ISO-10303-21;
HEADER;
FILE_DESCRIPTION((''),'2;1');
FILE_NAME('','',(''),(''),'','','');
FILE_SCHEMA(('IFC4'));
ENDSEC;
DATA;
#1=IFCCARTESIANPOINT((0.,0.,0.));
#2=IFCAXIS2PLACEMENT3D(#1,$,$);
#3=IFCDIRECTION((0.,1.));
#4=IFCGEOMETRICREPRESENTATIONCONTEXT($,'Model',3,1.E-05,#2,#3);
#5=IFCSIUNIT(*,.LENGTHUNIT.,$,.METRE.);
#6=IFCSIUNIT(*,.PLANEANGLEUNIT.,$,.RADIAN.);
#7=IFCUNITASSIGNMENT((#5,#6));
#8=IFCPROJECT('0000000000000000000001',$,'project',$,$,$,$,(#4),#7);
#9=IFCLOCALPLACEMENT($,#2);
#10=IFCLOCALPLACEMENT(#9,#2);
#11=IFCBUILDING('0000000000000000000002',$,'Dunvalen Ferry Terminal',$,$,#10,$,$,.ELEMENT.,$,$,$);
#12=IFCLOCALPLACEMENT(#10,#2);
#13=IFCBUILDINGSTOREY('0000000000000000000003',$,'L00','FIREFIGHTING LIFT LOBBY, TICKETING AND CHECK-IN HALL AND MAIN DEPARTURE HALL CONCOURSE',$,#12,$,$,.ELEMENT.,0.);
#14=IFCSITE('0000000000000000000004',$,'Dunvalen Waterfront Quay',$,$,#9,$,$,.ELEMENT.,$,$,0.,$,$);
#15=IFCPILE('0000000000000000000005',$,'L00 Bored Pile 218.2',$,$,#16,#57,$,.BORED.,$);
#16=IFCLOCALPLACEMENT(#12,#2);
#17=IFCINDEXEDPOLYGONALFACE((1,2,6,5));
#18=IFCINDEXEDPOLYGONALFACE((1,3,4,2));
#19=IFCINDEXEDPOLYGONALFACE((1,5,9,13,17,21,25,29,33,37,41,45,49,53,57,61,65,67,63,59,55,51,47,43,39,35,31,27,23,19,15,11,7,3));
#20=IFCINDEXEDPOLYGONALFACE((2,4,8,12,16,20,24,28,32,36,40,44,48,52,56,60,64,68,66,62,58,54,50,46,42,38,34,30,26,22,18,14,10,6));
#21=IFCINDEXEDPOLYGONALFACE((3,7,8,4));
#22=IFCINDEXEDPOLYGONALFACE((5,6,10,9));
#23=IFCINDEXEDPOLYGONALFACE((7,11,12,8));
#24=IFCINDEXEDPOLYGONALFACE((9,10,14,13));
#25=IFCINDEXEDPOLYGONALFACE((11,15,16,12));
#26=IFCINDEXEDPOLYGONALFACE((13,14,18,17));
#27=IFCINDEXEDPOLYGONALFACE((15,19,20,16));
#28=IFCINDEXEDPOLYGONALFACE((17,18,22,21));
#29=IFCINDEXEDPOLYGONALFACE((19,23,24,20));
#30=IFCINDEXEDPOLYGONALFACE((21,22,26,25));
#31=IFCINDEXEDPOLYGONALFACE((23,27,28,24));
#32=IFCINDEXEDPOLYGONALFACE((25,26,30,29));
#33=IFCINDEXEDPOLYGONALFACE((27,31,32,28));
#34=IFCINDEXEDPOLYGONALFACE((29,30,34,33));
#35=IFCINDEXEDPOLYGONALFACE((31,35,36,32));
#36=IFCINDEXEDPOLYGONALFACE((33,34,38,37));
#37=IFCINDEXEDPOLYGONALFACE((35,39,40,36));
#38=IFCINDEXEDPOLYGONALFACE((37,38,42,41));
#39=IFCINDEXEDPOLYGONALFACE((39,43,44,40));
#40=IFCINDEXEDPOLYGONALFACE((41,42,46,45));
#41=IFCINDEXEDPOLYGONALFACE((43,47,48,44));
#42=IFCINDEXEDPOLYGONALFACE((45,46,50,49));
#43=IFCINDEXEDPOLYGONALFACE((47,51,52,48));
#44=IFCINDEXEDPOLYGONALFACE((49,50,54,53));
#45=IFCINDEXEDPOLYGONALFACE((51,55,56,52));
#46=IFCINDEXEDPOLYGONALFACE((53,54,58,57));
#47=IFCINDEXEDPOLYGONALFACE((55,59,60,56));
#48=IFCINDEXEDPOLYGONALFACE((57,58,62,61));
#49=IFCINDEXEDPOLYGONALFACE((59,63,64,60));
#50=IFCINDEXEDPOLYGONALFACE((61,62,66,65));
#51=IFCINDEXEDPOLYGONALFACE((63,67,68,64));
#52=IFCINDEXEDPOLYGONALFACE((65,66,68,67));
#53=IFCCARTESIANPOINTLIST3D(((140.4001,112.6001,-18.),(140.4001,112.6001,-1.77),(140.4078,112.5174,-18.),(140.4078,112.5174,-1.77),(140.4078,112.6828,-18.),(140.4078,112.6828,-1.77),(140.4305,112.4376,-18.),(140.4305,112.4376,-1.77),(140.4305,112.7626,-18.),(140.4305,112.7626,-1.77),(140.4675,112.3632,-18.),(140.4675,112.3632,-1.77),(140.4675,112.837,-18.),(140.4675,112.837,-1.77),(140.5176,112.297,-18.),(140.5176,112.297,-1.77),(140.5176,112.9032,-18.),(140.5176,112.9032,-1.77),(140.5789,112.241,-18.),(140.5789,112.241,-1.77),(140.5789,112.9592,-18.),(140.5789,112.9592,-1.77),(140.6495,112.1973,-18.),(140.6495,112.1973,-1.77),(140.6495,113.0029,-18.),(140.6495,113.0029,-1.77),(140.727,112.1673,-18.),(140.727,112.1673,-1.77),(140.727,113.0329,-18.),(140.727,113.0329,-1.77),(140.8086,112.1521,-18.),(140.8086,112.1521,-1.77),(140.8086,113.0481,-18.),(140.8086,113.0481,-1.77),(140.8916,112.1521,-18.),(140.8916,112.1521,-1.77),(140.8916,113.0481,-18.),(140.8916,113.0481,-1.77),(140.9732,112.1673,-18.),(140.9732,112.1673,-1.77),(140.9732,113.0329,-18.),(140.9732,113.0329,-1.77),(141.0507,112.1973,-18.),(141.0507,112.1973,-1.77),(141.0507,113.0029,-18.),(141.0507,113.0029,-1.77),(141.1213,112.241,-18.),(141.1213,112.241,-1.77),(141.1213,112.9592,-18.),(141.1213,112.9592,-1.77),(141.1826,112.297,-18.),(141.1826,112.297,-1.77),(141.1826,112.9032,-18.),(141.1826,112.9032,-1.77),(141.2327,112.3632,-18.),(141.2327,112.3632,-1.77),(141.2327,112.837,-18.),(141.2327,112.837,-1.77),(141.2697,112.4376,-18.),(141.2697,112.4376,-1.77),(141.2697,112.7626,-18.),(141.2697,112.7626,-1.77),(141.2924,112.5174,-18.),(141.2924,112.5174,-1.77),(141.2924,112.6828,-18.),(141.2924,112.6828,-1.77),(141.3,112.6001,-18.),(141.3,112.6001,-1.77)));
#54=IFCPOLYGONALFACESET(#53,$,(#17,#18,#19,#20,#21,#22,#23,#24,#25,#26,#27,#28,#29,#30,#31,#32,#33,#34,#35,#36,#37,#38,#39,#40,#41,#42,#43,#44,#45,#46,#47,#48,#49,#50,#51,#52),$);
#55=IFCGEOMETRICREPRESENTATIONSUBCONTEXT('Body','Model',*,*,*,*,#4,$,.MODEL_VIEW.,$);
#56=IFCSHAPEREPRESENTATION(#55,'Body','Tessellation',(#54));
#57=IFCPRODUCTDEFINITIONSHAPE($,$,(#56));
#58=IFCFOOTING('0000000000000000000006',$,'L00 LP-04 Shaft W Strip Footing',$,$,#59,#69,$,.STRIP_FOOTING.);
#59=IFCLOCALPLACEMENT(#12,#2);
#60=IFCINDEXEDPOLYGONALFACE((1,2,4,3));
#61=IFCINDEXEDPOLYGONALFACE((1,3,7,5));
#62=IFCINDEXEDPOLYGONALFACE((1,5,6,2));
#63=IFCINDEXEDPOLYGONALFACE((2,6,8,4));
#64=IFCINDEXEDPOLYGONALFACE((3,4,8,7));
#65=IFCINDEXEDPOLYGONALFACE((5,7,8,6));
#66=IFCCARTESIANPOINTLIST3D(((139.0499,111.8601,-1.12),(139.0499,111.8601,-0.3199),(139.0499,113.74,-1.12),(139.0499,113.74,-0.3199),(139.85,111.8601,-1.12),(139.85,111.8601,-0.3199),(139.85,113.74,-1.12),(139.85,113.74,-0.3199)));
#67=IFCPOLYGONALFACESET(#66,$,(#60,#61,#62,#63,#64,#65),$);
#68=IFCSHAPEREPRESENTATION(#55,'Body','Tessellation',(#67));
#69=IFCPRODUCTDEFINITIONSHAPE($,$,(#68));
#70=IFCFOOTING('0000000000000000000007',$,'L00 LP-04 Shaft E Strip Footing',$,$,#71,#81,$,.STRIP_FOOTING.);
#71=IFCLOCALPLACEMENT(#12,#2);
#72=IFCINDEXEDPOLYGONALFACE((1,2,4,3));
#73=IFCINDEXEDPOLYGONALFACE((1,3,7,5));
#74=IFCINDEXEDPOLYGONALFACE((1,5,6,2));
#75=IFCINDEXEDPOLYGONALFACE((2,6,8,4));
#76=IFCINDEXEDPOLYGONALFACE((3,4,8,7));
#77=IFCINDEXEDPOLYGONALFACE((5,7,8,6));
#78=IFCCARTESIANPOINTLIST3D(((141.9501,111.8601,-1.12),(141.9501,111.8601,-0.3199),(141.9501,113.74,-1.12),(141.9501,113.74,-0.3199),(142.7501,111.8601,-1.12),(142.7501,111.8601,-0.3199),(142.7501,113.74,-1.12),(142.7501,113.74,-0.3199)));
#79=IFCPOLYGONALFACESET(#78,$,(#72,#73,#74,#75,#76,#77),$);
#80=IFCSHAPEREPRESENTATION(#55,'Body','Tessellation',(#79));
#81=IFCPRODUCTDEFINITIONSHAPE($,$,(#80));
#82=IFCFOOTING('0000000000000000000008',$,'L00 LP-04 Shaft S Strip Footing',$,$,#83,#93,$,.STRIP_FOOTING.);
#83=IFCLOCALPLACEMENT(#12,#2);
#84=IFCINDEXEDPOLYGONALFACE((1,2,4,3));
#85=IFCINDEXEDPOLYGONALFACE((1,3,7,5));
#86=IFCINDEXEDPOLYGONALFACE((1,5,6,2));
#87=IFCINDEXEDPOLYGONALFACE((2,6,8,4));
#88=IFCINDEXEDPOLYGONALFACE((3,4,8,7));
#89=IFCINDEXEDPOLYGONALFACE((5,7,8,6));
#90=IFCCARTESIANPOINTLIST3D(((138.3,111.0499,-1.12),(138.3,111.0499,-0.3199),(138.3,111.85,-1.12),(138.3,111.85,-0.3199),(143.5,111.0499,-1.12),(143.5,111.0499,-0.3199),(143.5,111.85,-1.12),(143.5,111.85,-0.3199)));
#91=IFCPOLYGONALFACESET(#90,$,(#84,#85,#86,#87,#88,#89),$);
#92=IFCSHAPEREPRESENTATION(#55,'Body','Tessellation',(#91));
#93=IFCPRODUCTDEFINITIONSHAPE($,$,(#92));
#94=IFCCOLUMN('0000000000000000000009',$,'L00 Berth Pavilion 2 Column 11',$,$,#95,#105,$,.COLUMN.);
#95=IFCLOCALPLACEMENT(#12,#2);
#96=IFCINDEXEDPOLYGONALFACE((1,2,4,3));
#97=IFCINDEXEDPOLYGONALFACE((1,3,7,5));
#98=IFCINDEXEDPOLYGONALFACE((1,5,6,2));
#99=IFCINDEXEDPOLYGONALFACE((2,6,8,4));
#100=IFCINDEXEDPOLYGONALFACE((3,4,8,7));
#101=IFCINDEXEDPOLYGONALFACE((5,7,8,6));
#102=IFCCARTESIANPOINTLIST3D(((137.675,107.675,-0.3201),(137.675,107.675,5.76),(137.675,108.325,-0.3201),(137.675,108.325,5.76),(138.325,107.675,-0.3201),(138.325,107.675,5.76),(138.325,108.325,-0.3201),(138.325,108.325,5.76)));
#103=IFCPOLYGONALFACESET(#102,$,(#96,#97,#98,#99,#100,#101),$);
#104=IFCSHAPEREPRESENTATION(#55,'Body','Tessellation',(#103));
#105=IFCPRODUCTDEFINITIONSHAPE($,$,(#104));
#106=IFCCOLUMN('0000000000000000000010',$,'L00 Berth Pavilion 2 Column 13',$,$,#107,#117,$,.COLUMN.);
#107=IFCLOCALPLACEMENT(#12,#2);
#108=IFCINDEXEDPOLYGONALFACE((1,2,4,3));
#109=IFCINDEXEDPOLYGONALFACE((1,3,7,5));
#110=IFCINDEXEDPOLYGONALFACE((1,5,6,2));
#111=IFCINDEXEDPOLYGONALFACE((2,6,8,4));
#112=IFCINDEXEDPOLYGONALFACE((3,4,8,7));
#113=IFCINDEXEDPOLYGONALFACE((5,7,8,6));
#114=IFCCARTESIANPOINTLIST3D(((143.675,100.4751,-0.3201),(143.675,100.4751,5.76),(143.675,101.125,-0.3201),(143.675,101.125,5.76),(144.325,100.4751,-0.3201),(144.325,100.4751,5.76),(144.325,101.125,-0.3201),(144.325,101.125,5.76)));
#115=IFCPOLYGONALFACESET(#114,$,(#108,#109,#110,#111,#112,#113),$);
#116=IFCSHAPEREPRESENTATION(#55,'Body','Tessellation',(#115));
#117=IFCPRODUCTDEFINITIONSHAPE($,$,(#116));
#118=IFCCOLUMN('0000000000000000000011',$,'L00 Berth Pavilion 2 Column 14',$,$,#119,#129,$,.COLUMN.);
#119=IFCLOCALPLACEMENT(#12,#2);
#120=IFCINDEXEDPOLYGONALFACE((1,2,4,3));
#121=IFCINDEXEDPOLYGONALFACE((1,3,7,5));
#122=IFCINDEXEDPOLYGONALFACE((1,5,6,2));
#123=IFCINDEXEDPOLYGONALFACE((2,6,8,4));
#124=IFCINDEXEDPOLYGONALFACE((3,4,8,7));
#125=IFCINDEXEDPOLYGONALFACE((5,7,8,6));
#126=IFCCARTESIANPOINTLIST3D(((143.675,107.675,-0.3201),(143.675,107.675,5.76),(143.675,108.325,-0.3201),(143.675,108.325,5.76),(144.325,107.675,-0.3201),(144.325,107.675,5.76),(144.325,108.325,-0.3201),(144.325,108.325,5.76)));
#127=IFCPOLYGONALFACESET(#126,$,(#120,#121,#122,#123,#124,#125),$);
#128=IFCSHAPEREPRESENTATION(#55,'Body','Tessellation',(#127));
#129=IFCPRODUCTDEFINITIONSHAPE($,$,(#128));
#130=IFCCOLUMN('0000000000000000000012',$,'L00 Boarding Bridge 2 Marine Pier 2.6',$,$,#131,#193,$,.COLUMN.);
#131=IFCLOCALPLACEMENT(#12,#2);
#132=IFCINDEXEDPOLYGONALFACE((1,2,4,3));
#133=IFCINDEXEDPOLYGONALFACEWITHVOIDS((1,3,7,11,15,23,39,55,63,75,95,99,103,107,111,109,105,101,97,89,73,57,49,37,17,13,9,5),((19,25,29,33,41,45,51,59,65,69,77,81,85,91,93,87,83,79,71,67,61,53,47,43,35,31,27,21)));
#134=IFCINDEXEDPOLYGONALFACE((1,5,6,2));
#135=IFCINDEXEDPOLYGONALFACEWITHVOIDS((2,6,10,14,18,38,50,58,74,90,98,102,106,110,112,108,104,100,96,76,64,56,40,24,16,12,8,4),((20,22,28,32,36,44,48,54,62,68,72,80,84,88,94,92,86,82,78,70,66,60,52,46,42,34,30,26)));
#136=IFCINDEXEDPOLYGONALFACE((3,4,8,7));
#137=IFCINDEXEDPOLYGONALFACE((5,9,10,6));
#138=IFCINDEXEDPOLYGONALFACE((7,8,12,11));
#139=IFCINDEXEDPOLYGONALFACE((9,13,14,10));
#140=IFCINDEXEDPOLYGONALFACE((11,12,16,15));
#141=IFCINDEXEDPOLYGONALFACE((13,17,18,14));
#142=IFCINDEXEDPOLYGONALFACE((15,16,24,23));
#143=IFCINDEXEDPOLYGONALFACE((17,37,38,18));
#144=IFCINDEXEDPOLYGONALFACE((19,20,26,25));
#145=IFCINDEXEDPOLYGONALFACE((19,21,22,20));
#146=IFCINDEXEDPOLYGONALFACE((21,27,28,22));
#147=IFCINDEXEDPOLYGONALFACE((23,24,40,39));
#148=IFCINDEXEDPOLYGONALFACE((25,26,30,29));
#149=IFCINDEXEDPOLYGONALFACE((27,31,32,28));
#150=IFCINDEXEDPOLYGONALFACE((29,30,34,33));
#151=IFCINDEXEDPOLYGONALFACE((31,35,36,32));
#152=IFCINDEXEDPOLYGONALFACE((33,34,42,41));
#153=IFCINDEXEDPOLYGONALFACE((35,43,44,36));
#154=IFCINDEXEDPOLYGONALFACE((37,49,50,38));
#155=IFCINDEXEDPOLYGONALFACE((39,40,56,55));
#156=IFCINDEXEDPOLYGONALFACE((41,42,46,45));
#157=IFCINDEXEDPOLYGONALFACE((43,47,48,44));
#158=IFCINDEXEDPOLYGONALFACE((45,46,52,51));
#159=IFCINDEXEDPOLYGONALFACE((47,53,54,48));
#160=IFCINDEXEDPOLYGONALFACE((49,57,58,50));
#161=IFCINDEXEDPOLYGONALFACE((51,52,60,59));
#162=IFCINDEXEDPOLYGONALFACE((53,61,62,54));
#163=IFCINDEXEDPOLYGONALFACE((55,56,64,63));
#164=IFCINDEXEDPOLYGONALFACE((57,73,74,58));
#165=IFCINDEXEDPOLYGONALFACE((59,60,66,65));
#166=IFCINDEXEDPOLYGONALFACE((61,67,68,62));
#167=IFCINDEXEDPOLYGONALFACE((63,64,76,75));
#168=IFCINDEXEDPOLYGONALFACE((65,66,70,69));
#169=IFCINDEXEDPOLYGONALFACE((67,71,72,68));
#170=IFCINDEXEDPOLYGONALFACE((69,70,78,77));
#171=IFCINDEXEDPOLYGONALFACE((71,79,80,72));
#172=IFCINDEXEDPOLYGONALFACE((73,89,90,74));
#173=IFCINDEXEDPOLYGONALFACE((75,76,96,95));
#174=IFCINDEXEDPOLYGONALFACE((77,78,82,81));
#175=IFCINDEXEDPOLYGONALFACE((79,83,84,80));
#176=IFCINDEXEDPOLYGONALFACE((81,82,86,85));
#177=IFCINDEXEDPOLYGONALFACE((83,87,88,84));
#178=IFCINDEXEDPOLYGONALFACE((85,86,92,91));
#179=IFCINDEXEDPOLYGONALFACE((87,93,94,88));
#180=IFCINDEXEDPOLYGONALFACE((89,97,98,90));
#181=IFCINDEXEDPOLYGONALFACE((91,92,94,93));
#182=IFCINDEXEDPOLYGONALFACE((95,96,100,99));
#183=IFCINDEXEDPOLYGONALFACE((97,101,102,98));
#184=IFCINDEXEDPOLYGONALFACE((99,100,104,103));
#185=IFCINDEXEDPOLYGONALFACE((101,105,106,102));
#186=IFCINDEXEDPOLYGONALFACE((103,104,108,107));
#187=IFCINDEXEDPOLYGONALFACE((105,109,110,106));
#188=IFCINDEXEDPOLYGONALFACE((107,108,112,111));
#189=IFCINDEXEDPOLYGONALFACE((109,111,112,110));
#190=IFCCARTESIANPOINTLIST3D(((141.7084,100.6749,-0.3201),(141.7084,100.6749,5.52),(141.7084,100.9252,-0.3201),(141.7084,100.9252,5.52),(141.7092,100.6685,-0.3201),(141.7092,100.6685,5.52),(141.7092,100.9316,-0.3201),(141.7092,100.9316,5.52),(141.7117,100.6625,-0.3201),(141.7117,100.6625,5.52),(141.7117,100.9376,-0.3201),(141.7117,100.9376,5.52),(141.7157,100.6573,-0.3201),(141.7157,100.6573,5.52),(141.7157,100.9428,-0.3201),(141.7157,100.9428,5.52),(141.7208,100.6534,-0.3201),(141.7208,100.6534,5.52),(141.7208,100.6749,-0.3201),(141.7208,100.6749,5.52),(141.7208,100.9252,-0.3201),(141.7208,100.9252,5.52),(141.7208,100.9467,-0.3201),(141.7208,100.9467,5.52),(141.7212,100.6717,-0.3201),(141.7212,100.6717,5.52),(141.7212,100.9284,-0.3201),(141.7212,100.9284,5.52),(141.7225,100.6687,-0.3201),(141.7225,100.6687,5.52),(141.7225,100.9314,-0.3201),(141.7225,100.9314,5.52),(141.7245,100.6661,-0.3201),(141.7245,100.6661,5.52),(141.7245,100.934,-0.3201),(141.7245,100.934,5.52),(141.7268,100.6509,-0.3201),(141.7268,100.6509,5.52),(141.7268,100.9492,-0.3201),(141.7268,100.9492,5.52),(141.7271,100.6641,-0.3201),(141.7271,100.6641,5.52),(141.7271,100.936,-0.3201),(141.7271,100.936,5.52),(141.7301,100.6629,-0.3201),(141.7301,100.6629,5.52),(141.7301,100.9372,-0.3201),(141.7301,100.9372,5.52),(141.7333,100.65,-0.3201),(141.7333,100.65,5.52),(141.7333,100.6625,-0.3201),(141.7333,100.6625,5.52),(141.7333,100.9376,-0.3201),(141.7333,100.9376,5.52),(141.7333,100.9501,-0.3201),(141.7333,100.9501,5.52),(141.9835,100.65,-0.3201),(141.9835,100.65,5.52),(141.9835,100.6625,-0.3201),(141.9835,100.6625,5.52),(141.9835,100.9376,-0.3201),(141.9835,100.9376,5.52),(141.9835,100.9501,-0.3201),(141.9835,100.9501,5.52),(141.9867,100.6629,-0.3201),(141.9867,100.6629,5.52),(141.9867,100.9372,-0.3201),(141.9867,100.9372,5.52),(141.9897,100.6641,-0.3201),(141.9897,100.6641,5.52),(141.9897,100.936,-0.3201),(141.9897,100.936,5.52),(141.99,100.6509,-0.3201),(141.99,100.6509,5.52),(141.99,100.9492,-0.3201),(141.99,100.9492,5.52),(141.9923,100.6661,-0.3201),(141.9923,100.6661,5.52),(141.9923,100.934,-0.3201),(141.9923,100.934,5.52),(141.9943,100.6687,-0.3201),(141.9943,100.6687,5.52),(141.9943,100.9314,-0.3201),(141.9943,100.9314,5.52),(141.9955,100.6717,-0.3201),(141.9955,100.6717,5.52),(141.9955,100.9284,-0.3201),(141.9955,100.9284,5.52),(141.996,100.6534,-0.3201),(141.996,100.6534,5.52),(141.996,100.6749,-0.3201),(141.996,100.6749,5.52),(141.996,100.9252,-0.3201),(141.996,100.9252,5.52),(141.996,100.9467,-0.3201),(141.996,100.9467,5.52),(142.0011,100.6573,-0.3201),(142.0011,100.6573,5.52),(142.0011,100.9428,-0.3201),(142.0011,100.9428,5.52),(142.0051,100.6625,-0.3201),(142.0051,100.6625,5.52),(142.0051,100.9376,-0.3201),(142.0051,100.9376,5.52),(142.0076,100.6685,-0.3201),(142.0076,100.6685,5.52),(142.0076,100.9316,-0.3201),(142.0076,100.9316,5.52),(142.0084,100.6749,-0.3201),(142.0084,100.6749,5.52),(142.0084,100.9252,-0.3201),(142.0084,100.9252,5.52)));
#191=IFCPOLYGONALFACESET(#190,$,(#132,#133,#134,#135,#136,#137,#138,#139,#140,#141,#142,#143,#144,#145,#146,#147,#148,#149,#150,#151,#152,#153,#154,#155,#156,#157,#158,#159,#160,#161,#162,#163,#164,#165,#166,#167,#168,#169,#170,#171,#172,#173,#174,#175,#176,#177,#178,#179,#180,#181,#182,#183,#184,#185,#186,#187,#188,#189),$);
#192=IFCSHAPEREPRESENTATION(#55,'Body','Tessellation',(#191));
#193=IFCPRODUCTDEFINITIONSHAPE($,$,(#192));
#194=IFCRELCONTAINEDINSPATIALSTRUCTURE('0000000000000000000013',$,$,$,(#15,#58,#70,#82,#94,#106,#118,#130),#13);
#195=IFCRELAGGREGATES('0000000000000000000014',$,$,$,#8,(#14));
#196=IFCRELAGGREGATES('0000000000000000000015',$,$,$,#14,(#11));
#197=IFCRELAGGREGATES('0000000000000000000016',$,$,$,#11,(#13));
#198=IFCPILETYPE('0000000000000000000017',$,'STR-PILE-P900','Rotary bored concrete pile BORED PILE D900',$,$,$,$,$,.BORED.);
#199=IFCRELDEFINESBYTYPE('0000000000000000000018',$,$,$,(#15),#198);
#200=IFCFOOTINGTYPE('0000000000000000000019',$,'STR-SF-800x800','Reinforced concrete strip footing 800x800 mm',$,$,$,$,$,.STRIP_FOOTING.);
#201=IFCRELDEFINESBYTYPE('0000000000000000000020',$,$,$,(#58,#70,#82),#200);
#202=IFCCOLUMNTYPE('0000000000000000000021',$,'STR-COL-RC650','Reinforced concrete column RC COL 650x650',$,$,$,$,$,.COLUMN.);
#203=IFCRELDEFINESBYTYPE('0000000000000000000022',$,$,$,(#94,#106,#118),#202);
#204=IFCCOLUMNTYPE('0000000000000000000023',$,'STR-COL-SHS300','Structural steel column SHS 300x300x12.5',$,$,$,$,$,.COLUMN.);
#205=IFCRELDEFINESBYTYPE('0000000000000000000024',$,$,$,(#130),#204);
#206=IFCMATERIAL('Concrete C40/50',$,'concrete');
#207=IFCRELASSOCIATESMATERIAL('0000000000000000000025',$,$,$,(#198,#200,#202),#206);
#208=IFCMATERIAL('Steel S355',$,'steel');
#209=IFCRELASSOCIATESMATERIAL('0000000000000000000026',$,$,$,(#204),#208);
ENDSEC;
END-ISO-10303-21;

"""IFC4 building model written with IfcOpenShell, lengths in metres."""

from ifc_helpers import new_model, si_unit, direction, frame, origin, origin_2d, place, context, subcontext, project, spatial, rectangle, hollow_rectangle, circle, extrude, material, material_profile, profile_set, type_object, element, save


model = new_model("IFC4")

# Units and contexts
model_context = context("Model", 3, precision=1e-05, world=origin(), true_north=direction((0.0, 1.0)))
body_context = subcontext(model_context, "Body", "Model", "MODEL_VIEW")
ifc_project = project(units=[si_unit("LENGTHUNIT", "METRE"), si_unit("PLANEANGLEUNIT", "RADIAN")], contexts=[model_context])

# Site, building, storey
site_placement = place(None, origin())
site = spatial("IfcSite", under=ifc_project, at=site_placement, Name="Dunvalen Waterfront Quay", CompositionType="ELEMENT", RefElevation=0.0)
building_placement = place(site_placement, origin())
building = spatial("IfcBuilding", under=site, at=building_placement, Name="Dunvalen Ferry Terminal", CompositionType="ELEMENT")
storey_placement = place(building_placement, origin())
storey = spatial("IfcBuildingStorey", under=building, at=storey_placement, Name="L00", Description="FIREFIGHTING LIFT LOBBY, TICKETING AND CHECK-IN HALL AND MAIN DEPARTURE HALL CONCOURSE", CompositionType="ELEMENT", Elevation=0.0)

# Shared definitions
ifc_material_1 = material(Name="Concrete C40/50", Category="concrete")

# Pile
ifc_material_profile_1 = material_profile(ifc_material_1, circle(Radius=0.45, at=origin_2d()), Name="Concrete C40/50")
ifc_profile_set_1 = profile_set([ifc_material_profile_1], Name="Concrete C40/50")
pile_type_1 = type_object("IfcPileType", Name="STR-PILE-P900", Description="Rotary bored concrete pile BORED PILE D900", PredefinedType="BORED", material=ifc_profile_set_1)
for number, where, z_axis, x_axis, name in (
    (1, (140.8501, 112.6001, -1.77), (0.0, 0.0, -1.0), (1.0, 0.0, 0.0), "L00 Bored Pile 218.2"),
):
    element("IfcPile", number, at=place(storey_placement, frame(where, z_axis=z_axis, x_axis=x_axis)), inside=storey, type_object=pile_type_1, Name=name, PredefinedType="BORED", context=body_context, shape_type="SweptSolid", body=[
        extrude(circle(Radius=0.45, at=origin_2d()), origin(), (0.0, 0.0, 1.0), 16.23),
    ])

# Footings
ifc_material_profile_2 = material_profile(ifc_material_1, rectangle(XDim=0.8, YDim=0.8, at=origin_2d()), Name="Concrete C40/50")
ifc_profile_set_2 = profile_set([ifc_material_profile_2], Name="Concrete C40/50")
footing_type_1 = type_object("IfcFootingType", Name="STR-SF-800x800", Description="Reinforced concrete strip footing 800x800 mm", PredefinedType="STRIP_FOOTING", material=ifc_profile_set_2)
for number, where, z_axis, x_axis, name in (
    (2, (139.45, 111.8601, -0.72), (0.0, 1.0, 0.0), (-1.0, 0.0, 0.0), "L00 LP-04 Shaft W Strip Footing"),
    (3, (142.3501, 111.8601, -0.72), (0.0, 1.0, 0.0), (-1.0, 0.0, 0.0), "L00 LP-04 Shaft E Strip Footing"),
):
    element("IfcFooting", number, at=place(storey_placement, frame(where, z_axis=z_axis, x_axis=x_axis)), inside=storey, type_object=footing_type_1, Name=name, PredefinedType="STRIP_FOOTING", context=body_context, shape_type="SweptSolid", body=[
        extrude(rectangle(XDim=0.8, YDim=0.8, at=origin_2d()), origin(), (0.0, 0.0, 1.0), 1.8799),
    ])
footing_1_placement = place(storey_placement, frame((138.3, 111.45, -0.72), z_axis=(1.0, 0.0, 0.0), x_axis=(0.0, 1.0, 0.0)))
element("IfcFooting", 4, at=footing_1_placement, inside=storey, type_object=footing_type_1, Name="L00 LP-04 Shaft S Strip Footing", PredefinedType="STRIP_FOOTING", context=body_context, shape_type="SweptSolid", body=[
    extrude(rectangle(XDim=0.8, YDim=0.8, at=origin_2d()), origin(), (0.0, 0.0, 1.0), 5.2),
])

# Columns
ifc_material_profile_3 = material_profile(ifc_material_1, rectangle(XDim=0.6499, YDim=0.6499, at=origin_2d()), Name="Concrete C40/50")
ifc_profile_set_3 = profile_set([ifc_material_profile_3], Name="Concrete C40/50")
column_type_1 = type_object("IfcColumnType", Name="STR-COL-RC650", Description="Reinforced concrete column RC COL 650x650", PredefinedType="COLUMN", material=ifc_profile_set_3)
for number, where, z_axis, x_axis, name in (
    (5, (138.0, 108.0, -0.3201), (0.0, 0.0, 1.0), (1.0, 0.0, 0.0), "L00 Berth Pavilion 2 Column 11"),
    (6, (144.0, 100.8, -0.3201), (0.0, 0.0, 1.0), (1.0, 0.0, 0.0), "L00 Berth Pavilion 2 Column 13"),
    (7, (144.0, 108.0, -0.3201), (0.0, 0.0, 1.0), (1.0, 0.0, 0.0), "L00 Berth Pavilion 2 Column 14"),
):
    element("IfcColumn", number, at=place(storey_placement, frame(where, z_axis=z_axis, x_axis=x_axis)), inside=storey, type_object=column_type_1, Name=name, PredefinedType="COLUMN", context=body_context, shape_type="SweptSolid", body=[
        extrude(rectangle(XDim=0.6499, YDim=0.6499, at=origin_2d()), origin(), (0.0, 0.0, 1.0), 6.0801),
    ])
ifc_material_2 = material(Name="Steel S355", Category="steel")
ifc_material_profile_4 = material_profile(ifc_material_2, hollow_rectangle(XDim=0.3, YDim=0.3, WallThickness=0.0125, InnerFilletRadius=0.0125, OuterFilletRadius=0.0249, at=origin_2d()), Name="Steel S355")
ifc_profile_set_4 = profile_set([ifc_material_profile_4], Name="Steel S355")
column_type_2 = type_object("IfcColumnType", Name="STR-COL-SHS300", Description="Structural steel column SHS 300x300x12.5", PredefinedType="COLUMN", material=ifc_profile_set_4)
column_placement = place(storey_placement, frame((141.8584, 100.8, -0.3201), z_axis=(0.0, 0.0, 1.0), x_axis=(1.0, 0.0, 0.0)))
element("IfcColumn", 8, at=column_placement, inside=storey, type_object=column_type_2, Name="L00 Boarding Bridge 2 Marine Pier 2.6", PredefinedType="COLUMN", context=body_context, shape_type="SweptSolid", body=[
    extrude(hollow_rectangle(XDim=0.3, YDim=0.3, WallThickness=0.0125, InnerFilletRadius=0.0125, OuterFilletRadius=0.0249, at=origin_2d()), origin(), (0.0, 0.0, 1.0), 5.8401),
])

save(model, "model.ifc")
